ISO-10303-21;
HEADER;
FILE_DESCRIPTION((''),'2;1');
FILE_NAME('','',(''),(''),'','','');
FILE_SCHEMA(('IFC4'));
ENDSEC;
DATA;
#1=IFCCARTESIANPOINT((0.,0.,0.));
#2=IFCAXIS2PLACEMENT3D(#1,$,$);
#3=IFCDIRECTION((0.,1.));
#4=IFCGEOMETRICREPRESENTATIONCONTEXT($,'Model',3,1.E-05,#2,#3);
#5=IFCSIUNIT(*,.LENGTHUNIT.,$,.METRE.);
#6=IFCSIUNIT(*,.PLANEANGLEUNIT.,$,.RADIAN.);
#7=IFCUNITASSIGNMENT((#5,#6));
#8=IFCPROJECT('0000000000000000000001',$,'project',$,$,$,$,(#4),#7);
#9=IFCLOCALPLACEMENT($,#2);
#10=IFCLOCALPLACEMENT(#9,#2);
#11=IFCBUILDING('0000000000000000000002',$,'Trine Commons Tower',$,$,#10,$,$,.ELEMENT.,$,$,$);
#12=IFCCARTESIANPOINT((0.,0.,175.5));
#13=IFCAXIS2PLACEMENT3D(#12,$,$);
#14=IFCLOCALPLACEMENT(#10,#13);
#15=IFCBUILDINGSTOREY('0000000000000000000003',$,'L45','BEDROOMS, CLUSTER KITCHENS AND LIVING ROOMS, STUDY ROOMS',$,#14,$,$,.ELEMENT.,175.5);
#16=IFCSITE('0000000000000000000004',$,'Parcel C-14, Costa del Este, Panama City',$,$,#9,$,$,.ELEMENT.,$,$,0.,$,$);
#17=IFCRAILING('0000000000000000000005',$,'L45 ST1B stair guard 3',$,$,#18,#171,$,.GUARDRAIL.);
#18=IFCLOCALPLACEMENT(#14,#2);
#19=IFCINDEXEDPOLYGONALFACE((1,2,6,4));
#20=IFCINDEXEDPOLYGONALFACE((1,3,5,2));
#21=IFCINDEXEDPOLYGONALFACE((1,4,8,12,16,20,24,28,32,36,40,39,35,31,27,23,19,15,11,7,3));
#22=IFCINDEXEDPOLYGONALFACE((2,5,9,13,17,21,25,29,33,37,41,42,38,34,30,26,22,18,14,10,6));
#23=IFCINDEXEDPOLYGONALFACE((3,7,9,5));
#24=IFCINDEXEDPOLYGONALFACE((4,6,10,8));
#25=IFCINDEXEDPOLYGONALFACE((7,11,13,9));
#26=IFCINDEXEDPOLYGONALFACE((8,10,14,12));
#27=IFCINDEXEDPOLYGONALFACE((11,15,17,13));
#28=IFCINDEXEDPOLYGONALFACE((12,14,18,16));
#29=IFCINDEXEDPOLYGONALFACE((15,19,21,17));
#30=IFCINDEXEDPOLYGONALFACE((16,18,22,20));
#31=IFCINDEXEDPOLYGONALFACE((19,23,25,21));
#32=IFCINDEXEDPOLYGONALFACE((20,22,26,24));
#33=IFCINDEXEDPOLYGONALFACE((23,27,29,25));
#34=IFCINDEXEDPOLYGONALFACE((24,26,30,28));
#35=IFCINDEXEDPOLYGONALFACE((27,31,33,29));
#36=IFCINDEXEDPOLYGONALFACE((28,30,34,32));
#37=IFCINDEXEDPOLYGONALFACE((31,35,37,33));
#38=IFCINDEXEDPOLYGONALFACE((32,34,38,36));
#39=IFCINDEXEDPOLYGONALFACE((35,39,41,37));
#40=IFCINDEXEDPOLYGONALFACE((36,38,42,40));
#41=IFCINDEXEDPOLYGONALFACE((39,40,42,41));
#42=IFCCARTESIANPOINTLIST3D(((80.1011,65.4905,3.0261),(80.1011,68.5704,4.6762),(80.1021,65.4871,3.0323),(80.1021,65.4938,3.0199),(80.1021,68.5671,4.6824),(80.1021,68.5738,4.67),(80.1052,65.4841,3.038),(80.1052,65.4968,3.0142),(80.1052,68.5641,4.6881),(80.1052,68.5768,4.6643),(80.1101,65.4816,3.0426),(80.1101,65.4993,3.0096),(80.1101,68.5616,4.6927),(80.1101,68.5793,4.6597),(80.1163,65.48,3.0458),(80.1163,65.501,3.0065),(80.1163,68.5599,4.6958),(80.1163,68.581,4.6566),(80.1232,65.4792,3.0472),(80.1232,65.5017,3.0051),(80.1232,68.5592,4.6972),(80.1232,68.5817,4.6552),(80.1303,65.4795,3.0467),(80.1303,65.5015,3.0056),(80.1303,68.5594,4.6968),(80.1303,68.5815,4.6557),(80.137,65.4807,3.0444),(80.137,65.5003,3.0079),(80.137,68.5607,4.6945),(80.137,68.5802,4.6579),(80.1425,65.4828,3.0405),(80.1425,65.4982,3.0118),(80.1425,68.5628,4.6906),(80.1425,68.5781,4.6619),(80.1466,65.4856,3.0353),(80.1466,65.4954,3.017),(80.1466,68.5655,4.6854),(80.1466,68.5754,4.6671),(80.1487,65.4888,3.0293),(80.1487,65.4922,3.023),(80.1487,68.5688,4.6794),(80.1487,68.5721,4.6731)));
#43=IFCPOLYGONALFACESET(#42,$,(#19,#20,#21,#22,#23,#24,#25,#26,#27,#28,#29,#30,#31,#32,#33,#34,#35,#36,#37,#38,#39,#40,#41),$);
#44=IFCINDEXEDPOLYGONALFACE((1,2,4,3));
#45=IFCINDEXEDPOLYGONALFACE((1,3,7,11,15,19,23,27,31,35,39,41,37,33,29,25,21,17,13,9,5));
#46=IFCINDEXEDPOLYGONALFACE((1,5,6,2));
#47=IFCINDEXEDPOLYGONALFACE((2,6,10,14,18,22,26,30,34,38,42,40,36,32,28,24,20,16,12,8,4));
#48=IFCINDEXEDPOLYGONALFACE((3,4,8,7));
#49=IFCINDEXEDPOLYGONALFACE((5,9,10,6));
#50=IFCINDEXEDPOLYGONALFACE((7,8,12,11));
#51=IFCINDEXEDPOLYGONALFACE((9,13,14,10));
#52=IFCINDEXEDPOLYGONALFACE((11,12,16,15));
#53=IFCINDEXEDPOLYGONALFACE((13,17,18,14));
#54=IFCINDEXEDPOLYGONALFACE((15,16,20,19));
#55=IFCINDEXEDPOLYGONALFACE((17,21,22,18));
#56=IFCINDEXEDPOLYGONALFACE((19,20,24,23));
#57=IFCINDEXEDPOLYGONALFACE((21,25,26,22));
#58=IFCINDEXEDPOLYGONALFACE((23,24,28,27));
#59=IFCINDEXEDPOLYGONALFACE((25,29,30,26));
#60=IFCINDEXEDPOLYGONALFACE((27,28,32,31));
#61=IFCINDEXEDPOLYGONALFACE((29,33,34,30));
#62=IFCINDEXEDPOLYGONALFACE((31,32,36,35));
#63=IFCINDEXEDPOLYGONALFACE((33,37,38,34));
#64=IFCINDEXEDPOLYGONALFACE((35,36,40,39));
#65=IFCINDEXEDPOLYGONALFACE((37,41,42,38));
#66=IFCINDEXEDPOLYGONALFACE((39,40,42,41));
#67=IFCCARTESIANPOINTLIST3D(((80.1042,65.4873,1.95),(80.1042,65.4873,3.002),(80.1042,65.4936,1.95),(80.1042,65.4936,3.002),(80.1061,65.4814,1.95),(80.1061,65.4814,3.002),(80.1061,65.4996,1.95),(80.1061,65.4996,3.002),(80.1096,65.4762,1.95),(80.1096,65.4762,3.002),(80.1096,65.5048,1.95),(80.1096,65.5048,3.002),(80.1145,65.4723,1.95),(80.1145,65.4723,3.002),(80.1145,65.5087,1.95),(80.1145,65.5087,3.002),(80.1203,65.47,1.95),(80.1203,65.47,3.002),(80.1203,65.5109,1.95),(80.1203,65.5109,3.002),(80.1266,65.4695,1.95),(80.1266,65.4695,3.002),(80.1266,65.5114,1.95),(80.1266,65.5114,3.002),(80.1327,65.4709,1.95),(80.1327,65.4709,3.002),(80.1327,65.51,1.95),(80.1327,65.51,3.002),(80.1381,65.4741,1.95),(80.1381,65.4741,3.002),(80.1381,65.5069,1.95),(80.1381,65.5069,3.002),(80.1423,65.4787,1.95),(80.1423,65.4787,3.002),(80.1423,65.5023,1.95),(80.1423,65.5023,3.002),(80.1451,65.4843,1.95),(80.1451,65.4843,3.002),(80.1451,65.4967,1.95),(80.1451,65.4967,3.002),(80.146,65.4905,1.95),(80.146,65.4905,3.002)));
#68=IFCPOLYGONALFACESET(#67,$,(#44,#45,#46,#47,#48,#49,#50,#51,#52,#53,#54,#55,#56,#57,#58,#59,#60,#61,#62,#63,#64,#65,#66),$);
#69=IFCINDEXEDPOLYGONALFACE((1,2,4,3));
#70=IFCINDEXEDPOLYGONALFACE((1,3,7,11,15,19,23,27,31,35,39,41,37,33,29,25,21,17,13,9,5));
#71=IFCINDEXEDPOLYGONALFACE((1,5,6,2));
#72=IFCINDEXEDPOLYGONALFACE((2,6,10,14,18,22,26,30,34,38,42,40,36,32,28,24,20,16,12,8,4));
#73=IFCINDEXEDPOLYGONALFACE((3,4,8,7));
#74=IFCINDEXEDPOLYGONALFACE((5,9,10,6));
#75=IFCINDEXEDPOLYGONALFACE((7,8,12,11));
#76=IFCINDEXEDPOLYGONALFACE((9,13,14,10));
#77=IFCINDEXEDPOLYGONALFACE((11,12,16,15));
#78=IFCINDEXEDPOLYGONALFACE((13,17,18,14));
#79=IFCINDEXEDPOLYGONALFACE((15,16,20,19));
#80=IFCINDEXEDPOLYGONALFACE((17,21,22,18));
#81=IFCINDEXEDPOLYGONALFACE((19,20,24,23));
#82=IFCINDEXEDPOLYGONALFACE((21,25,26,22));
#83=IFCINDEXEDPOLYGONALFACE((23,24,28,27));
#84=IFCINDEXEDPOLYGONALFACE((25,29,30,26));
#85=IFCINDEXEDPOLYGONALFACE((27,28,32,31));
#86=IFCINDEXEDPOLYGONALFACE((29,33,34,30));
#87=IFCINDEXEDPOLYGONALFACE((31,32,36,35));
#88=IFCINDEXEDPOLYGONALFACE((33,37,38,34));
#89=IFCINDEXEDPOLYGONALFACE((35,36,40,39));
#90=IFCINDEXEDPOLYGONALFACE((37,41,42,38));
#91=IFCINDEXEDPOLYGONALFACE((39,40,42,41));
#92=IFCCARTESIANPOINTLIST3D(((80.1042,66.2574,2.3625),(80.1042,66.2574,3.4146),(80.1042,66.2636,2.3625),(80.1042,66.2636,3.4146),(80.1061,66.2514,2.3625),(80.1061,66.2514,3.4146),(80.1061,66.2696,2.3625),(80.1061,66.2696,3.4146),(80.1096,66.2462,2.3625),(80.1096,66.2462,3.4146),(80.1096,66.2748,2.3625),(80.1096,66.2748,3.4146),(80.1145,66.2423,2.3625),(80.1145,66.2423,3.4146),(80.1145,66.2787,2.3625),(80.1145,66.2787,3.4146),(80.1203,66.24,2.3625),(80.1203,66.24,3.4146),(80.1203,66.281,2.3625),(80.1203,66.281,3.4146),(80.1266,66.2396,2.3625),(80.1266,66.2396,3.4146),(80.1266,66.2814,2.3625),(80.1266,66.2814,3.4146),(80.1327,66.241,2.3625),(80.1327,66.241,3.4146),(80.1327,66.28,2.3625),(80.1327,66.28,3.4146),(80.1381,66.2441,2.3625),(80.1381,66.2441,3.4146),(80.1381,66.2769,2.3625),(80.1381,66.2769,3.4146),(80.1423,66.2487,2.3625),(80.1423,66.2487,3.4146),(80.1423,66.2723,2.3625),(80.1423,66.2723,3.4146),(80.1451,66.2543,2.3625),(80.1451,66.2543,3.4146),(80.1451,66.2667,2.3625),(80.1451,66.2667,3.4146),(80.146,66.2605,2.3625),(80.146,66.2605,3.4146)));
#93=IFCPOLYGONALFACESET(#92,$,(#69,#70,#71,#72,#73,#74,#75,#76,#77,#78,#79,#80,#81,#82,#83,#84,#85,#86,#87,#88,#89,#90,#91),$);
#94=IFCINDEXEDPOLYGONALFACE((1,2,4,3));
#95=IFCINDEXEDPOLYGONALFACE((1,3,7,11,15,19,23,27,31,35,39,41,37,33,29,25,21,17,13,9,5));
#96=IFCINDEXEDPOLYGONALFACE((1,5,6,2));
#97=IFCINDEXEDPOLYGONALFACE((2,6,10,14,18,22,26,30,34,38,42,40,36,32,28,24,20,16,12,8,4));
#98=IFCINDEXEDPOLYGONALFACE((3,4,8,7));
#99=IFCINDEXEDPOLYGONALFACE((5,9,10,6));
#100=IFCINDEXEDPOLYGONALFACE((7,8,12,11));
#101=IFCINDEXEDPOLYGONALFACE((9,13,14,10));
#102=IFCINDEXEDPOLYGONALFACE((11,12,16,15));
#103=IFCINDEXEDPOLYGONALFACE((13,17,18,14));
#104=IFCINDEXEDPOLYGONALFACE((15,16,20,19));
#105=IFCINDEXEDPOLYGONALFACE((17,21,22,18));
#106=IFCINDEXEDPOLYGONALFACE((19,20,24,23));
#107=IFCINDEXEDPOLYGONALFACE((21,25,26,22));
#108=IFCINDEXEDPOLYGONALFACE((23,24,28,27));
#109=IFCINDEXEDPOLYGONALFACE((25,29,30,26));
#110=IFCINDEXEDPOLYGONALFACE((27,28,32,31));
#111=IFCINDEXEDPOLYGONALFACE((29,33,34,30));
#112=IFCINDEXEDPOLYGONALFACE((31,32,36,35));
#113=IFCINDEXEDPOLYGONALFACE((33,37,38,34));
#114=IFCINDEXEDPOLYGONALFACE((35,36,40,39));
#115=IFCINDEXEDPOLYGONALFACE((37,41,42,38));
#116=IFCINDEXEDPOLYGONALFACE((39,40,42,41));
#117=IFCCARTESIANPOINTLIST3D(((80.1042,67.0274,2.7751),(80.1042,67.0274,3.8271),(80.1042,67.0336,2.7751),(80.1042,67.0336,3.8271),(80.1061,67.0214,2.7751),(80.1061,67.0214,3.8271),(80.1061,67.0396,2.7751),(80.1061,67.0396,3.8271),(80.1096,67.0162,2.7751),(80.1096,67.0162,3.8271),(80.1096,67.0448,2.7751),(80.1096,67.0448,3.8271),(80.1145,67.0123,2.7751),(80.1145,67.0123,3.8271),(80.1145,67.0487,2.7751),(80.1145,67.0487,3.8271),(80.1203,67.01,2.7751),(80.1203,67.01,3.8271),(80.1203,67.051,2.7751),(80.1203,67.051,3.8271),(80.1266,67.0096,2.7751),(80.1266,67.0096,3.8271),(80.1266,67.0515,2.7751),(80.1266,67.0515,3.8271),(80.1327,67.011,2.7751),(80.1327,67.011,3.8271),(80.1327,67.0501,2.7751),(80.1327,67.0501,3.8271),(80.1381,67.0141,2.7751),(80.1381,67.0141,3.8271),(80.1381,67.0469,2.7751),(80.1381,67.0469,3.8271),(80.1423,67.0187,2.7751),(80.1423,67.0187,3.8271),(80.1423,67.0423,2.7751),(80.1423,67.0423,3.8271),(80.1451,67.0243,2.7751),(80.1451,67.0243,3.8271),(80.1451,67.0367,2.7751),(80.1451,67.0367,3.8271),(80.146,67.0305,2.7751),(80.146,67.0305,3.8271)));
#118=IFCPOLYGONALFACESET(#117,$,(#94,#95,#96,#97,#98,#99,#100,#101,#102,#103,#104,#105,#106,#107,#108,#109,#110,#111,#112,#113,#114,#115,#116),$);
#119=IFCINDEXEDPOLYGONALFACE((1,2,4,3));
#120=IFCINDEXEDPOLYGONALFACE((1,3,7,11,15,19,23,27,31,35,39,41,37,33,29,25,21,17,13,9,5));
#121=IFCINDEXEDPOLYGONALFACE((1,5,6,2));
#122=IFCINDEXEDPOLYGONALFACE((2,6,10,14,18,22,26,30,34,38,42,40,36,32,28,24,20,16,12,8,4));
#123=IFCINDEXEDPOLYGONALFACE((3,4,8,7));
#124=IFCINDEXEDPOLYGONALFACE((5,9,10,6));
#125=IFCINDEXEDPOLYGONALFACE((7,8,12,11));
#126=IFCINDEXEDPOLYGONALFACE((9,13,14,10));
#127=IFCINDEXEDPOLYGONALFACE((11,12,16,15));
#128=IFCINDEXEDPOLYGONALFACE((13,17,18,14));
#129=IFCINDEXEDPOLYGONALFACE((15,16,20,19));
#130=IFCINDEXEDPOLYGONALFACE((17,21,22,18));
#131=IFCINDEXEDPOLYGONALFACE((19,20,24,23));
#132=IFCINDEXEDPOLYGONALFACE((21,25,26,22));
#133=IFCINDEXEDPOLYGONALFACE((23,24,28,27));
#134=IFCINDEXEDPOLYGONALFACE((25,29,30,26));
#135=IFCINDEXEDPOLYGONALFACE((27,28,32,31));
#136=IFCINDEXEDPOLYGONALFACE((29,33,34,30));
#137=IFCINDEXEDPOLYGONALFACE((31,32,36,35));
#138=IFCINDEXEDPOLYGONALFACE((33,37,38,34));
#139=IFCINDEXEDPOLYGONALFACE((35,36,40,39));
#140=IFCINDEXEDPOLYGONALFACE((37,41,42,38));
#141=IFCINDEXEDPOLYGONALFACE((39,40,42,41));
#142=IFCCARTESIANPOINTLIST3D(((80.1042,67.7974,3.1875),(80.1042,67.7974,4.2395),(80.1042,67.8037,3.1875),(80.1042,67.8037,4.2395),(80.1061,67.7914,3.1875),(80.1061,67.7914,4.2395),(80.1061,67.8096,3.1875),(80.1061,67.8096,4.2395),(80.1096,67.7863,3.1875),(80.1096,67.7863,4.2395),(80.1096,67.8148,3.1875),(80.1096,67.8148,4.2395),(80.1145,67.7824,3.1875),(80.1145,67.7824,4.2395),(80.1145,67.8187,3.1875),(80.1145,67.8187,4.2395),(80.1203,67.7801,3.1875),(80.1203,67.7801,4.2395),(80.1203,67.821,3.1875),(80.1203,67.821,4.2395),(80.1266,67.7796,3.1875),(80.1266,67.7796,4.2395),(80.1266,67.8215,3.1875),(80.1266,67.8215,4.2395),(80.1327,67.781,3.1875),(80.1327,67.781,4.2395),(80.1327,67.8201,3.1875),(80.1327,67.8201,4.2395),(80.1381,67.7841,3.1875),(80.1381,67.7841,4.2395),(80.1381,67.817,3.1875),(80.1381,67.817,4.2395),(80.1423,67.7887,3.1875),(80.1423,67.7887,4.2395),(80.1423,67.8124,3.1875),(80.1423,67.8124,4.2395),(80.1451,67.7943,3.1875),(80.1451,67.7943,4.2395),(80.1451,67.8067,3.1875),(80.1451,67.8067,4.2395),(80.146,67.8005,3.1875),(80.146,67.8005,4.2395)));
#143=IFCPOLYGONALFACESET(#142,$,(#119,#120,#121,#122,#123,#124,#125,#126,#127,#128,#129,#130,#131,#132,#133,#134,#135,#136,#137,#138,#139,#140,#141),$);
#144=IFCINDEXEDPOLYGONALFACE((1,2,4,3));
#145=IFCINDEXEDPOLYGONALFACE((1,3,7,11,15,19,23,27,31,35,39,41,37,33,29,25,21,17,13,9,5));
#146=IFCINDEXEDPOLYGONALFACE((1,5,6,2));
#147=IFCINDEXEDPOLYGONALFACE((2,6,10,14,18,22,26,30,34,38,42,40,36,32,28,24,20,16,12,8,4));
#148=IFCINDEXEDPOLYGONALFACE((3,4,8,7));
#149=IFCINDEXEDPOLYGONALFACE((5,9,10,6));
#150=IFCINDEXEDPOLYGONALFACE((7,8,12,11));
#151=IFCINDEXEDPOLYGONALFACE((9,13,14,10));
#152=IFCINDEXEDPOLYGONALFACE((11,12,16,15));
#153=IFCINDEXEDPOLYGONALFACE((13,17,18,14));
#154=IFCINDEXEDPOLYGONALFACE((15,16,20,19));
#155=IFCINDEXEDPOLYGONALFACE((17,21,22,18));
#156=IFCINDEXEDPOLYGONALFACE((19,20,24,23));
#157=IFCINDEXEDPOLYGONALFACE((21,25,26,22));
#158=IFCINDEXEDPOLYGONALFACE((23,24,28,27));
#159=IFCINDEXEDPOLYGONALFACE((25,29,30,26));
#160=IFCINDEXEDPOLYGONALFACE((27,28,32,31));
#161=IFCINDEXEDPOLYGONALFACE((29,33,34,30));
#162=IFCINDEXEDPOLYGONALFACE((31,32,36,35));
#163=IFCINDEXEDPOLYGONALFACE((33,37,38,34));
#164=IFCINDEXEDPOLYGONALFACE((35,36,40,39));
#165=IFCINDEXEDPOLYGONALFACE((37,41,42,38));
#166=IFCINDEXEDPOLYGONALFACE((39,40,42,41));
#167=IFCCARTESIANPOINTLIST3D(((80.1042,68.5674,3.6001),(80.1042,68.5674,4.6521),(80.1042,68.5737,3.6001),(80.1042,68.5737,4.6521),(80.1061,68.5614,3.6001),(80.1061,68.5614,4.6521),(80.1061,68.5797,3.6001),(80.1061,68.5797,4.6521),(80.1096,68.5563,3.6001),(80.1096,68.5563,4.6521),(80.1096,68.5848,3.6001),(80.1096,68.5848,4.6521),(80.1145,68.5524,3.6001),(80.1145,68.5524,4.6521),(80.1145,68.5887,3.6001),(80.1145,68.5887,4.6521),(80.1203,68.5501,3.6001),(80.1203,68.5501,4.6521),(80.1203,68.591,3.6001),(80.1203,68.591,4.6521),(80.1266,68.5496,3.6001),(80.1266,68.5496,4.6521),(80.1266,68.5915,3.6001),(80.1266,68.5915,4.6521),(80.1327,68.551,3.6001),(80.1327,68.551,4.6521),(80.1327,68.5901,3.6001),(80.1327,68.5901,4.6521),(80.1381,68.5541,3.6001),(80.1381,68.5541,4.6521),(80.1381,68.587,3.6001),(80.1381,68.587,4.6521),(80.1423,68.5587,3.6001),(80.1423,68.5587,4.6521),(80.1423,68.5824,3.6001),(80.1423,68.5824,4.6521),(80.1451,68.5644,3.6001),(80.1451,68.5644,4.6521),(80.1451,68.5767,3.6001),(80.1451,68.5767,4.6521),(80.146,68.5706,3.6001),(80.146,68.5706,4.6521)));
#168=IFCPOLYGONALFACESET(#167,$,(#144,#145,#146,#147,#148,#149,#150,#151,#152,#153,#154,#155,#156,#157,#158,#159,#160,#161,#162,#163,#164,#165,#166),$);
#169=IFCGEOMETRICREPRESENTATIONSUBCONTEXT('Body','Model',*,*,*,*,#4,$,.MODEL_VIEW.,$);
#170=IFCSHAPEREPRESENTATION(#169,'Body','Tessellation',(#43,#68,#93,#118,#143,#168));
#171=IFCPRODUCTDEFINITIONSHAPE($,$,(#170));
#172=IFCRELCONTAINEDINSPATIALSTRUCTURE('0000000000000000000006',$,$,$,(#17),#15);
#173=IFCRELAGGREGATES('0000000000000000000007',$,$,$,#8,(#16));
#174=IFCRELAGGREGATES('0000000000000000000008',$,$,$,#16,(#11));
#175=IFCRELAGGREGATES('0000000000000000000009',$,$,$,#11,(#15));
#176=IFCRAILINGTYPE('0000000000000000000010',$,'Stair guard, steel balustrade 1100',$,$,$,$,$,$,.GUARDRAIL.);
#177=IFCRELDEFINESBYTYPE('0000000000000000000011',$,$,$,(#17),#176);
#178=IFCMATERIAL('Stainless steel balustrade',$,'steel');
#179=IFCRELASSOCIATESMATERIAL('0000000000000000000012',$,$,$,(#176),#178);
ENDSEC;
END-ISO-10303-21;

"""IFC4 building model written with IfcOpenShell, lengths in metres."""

from ifc_helpers import new_model, si_unit, direction, frame, origin, origin_2d, place, context, subcontext, project, spatial, circle, extrude, material, type_object, element, save


model = new_model("IFC4")

# Units and contexts
model_context = context("Model", 3, precision=1e-05, world=origin(), true_north=direction((0.0, 1.0)))
body_context = subcontext(model_context, "Body", "Model", "MODEL_VIEW")
ifc_project = project(units=[si_unit("LENGTHUNIT", "METRE"), si_unit("PLANEANGLEUNIT", "RADIAN")], contexts=[model_context])

# Site, building, storey
site_placement = place(None, origin())
site = spatial("IfcSite", under=ifc_project, at=site_placement, Name="Parcel C-14, Costa del Este, Panama City", CompositionType="ELEMENT", RefElevation=0.0)
building_placement = place(site_placement, origin())
building = spatial("IfcBuilding", under=site, at=building_placement, Name="Trine Commons Tower", CompositionType="ELEMENT")
storey_placement = place(building_placement, frame((0.0, 0.0, 175.5)))
storey = spatial("IfcBuildingStorey", under=building, at=storey_placement, Name="L45", Description="BEDROOMS, CLUSTER KITCHENS AND LIVING ROOMS, STUDY ROOMS", CompositionType="ELEMENT", Elevation=175.5)

# Railing
ifc_material_1 = material(Name="Stainless steel balustrade", Category="steel")
railing_type_1 = type_object("IfcRailingType", Name="Stair guard, steel balustrade 1100", PredefinedType="GUARDRAIL", material=ifc_material_1)
railing_1_placement = place(storey_placement, frame((80.125, 65.4905, 1.95)))
element("IfcRailing", 1, at=railing_1_placement, inside=storey, type_object=railing_type_1, Name="L45 ST1B stair guard 3", PredefinedType="GUARDRAIL", context=body_context, shape_type="SweptSolid", body=[
    extrude(circle(Radius=0.0239, at=origin_2d()), frame((0.0, 0.0, 1.0762), z_axis=(0.0, 0.881468, 0.472245), x_axis=(-1.0, 0.0, 0.0)), (0.0, 0.0, 1.0), 3.4941),
    extrude(circle(Radius=0.021, at=origin_2d()), origin(), (0.0, 0.0, 1.0), 1.052),
    extrude(circle(Radius=0.021, at=origin_2d()), frame((0.0, 0.77, 0.4126)), (0.0, 0.0, 1.0), 1.052),
    extrude(circle(Radius=0.021, at=origin_2d()), frame((0.0, 1.54, 0.8252)), (0.0, 0.0, 1.0), 1.052),
    extrude(circle(Radius=0.021, at=origin_2d()), frame((0.0, 2.3101, 1.2375)), (0.0, 0.0, 1.0), 1.052),
    extrude(circle(Radius=0.021, at=origin_2d()), frame((0.0, 3.0801, 1.6501)), (0.0, 0.0, 1.0), 1.052),
])

save(model, "model.ifc")
